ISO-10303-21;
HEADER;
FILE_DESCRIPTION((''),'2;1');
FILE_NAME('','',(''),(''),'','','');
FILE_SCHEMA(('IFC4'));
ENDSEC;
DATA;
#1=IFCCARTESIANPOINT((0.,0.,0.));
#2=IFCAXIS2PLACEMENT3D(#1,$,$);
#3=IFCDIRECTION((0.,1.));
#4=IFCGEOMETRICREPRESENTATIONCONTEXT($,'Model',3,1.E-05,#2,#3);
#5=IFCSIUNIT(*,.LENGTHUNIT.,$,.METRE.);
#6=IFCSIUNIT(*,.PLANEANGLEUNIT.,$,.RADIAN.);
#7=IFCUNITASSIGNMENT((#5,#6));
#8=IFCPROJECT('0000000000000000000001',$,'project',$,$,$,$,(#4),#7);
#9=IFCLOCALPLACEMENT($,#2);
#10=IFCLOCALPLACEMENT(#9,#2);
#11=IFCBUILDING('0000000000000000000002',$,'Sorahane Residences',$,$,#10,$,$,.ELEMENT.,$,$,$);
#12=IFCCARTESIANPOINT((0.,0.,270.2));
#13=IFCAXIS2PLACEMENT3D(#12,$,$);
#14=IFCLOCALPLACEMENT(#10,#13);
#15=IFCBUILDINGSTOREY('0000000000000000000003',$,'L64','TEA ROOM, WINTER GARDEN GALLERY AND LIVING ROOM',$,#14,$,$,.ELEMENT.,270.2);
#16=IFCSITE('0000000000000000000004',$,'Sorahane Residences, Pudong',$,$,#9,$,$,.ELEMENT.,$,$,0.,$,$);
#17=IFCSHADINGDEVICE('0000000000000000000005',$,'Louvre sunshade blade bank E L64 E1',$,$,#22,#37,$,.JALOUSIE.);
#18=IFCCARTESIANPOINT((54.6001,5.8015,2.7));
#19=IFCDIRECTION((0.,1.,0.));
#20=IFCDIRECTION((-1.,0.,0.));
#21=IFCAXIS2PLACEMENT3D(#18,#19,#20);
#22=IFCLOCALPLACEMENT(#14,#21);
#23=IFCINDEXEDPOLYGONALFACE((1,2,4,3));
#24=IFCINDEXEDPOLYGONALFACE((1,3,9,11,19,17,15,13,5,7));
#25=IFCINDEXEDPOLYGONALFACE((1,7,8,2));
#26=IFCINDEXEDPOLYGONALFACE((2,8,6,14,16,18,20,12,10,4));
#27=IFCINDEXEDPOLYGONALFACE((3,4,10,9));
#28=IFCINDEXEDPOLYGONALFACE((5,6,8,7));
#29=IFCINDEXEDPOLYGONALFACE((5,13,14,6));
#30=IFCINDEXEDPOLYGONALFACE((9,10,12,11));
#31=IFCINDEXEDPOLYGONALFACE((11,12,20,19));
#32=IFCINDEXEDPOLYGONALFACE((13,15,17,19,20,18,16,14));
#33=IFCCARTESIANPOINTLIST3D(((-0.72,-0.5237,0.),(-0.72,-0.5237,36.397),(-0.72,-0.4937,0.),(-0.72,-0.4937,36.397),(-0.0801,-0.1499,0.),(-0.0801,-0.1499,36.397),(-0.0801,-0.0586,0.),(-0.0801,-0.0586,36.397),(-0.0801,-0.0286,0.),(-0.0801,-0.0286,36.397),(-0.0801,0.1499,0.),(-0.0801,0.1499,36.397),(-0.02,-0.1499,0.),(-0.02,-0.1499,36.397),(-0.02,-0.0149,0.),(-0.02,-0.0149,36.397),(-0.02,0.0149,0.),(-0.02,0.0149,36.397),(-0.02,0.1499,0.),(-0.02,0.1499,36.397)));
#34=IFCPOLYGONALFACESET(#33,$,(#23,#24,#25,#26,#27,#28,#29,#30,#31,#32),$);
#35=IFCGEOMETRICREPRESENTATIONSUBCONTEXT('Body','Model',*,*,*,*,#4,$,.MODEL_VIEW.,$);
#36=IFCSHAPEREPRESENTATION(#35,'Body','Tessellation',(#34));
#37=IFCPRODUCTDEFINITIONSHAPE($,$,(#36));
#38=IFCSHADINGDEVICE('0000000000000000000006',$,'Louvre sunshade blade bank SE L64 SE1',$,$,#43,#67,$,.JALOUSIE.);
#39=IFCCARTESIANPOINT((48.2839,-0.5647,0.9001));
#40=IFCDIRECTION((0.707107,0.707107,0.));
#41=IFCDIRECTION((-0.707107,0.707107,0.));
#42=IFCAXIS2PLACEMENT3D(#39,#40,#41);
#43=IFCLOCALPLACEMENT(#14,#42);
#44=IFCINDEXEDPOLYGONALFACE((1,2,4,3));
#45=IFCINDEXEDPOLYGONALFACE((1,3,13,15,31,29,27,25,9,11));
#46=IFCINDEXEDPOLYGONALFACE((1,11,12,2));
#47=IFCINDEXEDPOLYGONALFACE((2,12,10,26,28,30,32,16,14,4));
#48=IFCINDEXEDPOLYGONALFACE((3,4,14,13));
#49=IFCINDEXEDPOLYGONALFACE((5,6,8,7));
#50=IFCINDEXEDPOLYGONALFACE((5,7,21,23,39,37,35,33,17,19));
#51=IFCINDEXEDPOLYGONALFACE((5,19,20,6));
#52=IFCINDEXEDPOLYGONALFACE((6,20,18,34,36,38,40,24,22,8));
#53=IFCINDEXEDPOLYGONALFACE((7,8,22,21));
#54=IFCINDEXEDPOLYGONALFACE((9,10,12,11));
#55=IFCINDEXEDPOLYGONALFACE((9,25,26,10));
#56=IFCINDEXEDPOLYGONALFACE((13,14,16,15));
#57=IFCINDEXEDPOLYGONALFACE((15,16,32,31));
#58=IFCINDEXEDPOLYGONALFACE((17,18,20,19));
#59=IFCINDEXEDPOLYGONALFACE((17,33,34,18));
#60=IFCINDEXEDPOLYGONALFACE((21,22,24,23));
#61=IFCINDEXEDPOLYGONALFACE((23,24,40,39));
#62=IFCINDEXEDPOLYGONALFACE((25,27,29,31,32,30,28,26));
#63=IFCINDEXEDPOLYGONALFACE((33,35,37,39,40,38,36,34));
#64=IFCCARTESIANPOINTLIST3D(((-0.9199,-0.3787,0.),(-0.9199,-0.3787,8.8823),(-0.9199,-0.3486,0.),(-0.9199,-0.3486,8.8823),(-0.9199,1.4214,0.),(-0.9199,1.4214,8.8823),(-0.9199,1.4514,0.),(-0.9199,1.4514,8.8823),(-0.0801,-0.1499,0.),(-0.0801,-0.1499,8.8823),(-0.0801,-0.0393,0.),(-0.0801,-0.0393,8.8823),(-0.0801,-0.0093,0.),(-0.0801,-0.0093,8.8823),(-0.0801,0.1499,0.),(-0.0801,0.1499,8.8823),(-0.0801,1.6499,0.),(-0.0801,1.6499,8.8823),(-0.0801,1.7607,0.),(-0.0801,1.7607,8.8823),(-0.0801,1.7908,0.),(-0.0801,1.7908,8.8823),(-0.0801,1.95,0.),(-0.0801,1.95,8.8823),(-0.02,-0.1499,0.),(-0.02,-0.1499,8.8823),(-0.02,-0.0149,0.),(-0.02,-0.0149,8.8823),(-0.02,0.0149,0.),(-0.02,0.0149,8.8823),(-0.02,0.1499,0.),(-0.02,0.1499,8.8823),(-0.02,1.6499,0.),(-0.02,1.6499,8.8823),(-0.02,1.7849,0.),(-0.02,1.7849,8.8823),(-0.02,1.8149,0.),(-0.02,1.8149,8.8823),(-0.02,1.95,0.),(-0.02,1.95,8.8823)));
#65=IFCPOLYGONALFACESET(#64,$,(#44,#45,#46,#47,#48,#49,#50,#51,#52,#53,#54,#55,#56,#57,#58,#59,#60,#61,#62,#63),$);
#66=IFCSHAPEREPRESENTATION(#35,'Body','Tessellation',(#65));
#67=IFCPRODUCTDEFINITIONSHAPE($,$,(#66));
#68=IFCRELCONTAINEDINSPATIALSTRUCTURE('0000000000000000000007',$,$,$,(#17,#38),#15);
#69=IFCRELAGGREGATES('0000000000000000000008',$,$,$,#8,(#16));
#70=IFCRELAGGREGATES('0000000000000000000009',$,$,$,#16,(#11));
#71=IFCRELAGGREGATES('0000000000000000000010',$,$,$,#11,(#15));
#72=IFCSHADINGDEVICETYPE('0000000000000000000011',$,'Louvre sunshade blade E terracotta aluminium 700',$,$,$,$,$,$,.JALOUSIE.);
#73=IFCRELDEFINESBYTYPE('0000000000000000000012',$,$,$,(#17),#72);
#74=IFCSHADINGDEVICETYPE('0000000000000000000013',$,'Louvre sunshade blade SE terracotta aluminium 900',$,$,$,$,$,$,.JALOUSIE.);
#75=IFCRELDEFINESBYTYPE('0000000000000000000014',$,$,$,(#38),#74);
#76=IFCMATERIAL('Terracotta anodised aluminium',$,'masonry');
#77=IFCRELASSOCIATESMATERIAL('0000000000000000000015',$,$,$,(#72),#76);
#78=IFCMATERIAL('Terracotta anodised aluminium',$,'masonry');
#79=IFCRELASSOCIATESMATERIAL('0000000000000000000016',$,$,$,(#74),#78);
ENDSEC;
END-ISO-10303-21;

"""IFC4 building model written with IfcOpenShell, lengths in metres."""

from ifc_helpers import new_model, si_unit, direction, frame, origin, place, context, subcontext, project, spatial, polyline, outline, composite_profile, extrude, material, type_object, element, save


model = new_model("IFC4")

# Units and contexts
model_context = context("Model", 3, precision=1e-05, world=origin(), true_north=direction((0.0, 1.0)))
body_context = subcontext(model_context, "Body", "Model", "MODEL_VIEW")
ifc_project = project(units=[si_unit("LENGTHUNIT", "METRE"), si_unit("PLANEANGLEUNIT", "RADIAN")], contexts=[model_context])

# Site, building, storey
site_placement = place(None, origin())
site = spatial("IfcSite", under=ifc_project, at=site_placement, Name="Sorahane Residences, Pudong", CompositionType="ELEMENT", RefElevation=0.0)
building_placement = place(site_placement, origin())
building = spatial("IfcBuilding", under=site, at=building_placement, Name="Sorahane Residences", CompositionType="ELEMENT")
storey_placement = place(building_placement, frame((0.0, 0.0, 270.2)))
storey = spatial("IfcBuildingStorey", under=building, at=storey_placement, Name="L64", Description="TEA ROOM, WINTER GARDEN GALLERY AND LIVING ROOM", CompositionType="ELEMENT", Elevation=270.2)

# Shading devices
ifc_material_1 = material(Name="Terracotta anodised aluminium", Category="masonry")
shading_device_type_1 = type_object("IfcShadingDeviceType", Name="Louvre sunshade blade E terracotta aluminium 700", PredefinedType="JALOUSIE", material=ifc_material_1)
shading_device_1_placement = place(storey_placement, frame((54.6001, 5.8015, 2.7), z_axis=(0.0, 1.0, 0.0), x_axis=(-1.0, 0.0, 0.0)))
element("IfcShadingDevice", 1, at=shading_device_1_placement, inside=storey, type_object=shading_device_type_1, Name="Louvre sunshade blade bank E L64 E1", PredefinedType="JALOUSIE", context=body_context, shape_type="SweptSolid", body=[
    extrude(outline(polyline([(-0.72, -0.4937), (-0.72, -0.5237), (-0.0801, -0.0586), (-0.0801, -0.1499), (-0.02, -0.1499), (-0.02, -0.0149), (-0.02, 0.0149), (-0.02, 0.1499), (-0.0801, 0.1499), (-0.0801, -0.0286), (-0.72, -0.4937)])), origin(), (0.0, 0.0, 1.0), 36.397),
])
ifc_material_2 = material(Name="Terracotta anodised aluminium", Category="masonry")
shading_device_type_2 = type_object("IfcShadingDeviceType", Name="Louvre sunshade blade SE terracotta aluminium 900", PredefinedType="JALOUSIE", material=ifc_material_2)
shading_device_2_placement = place(storey_placement, frame((48.2839, -0.5647, 0.9001), z_axis=(0.707107, 0.707107, 0.0), x_axis=(-0.707107, 0.707107, 0.0)))
element("IfcShadingDevice", 2, at=shading_device_2_placement, inside=storey, type_object=shading_device_type_2, Name="Louvre sunshade blade bank SE L64 SE1", PredefinedType="JALOUSIE", context=body_context, shape_type="SweptSolid", body=[
    extrude(composite_profile([outline(polyline([(-0.9199, -0.3486), (-0.9199, -0.3787), (-0.0801, -0.0393), (-0.0801, -0.1499), (-0.02, -0.1499), (-0.02, -0.0149), (-0.02, 0.0149), (-0.02, 0.1499), (-0.0801, 0.1499), (-0.0801, -0.0093), (-0.9199, -0.3486)])), outline(polyline([(-0.9199, 1.4514), (-0.9199, 1.4214), (-0.0801, 1.7607), (-0.0801, 1.6499), (-0.02, 1.6499), (-0.02, 1.7849), (-0.02, 1.8149), (-0.02, 1.95), (-0.0801, 1.95), (-0.0801, 1.7908), (-0.9199, 1.4514)]))]), origin(), (0.0, 0.0, 1.0), 8.8823),
])

save(model, "model.ifc")
